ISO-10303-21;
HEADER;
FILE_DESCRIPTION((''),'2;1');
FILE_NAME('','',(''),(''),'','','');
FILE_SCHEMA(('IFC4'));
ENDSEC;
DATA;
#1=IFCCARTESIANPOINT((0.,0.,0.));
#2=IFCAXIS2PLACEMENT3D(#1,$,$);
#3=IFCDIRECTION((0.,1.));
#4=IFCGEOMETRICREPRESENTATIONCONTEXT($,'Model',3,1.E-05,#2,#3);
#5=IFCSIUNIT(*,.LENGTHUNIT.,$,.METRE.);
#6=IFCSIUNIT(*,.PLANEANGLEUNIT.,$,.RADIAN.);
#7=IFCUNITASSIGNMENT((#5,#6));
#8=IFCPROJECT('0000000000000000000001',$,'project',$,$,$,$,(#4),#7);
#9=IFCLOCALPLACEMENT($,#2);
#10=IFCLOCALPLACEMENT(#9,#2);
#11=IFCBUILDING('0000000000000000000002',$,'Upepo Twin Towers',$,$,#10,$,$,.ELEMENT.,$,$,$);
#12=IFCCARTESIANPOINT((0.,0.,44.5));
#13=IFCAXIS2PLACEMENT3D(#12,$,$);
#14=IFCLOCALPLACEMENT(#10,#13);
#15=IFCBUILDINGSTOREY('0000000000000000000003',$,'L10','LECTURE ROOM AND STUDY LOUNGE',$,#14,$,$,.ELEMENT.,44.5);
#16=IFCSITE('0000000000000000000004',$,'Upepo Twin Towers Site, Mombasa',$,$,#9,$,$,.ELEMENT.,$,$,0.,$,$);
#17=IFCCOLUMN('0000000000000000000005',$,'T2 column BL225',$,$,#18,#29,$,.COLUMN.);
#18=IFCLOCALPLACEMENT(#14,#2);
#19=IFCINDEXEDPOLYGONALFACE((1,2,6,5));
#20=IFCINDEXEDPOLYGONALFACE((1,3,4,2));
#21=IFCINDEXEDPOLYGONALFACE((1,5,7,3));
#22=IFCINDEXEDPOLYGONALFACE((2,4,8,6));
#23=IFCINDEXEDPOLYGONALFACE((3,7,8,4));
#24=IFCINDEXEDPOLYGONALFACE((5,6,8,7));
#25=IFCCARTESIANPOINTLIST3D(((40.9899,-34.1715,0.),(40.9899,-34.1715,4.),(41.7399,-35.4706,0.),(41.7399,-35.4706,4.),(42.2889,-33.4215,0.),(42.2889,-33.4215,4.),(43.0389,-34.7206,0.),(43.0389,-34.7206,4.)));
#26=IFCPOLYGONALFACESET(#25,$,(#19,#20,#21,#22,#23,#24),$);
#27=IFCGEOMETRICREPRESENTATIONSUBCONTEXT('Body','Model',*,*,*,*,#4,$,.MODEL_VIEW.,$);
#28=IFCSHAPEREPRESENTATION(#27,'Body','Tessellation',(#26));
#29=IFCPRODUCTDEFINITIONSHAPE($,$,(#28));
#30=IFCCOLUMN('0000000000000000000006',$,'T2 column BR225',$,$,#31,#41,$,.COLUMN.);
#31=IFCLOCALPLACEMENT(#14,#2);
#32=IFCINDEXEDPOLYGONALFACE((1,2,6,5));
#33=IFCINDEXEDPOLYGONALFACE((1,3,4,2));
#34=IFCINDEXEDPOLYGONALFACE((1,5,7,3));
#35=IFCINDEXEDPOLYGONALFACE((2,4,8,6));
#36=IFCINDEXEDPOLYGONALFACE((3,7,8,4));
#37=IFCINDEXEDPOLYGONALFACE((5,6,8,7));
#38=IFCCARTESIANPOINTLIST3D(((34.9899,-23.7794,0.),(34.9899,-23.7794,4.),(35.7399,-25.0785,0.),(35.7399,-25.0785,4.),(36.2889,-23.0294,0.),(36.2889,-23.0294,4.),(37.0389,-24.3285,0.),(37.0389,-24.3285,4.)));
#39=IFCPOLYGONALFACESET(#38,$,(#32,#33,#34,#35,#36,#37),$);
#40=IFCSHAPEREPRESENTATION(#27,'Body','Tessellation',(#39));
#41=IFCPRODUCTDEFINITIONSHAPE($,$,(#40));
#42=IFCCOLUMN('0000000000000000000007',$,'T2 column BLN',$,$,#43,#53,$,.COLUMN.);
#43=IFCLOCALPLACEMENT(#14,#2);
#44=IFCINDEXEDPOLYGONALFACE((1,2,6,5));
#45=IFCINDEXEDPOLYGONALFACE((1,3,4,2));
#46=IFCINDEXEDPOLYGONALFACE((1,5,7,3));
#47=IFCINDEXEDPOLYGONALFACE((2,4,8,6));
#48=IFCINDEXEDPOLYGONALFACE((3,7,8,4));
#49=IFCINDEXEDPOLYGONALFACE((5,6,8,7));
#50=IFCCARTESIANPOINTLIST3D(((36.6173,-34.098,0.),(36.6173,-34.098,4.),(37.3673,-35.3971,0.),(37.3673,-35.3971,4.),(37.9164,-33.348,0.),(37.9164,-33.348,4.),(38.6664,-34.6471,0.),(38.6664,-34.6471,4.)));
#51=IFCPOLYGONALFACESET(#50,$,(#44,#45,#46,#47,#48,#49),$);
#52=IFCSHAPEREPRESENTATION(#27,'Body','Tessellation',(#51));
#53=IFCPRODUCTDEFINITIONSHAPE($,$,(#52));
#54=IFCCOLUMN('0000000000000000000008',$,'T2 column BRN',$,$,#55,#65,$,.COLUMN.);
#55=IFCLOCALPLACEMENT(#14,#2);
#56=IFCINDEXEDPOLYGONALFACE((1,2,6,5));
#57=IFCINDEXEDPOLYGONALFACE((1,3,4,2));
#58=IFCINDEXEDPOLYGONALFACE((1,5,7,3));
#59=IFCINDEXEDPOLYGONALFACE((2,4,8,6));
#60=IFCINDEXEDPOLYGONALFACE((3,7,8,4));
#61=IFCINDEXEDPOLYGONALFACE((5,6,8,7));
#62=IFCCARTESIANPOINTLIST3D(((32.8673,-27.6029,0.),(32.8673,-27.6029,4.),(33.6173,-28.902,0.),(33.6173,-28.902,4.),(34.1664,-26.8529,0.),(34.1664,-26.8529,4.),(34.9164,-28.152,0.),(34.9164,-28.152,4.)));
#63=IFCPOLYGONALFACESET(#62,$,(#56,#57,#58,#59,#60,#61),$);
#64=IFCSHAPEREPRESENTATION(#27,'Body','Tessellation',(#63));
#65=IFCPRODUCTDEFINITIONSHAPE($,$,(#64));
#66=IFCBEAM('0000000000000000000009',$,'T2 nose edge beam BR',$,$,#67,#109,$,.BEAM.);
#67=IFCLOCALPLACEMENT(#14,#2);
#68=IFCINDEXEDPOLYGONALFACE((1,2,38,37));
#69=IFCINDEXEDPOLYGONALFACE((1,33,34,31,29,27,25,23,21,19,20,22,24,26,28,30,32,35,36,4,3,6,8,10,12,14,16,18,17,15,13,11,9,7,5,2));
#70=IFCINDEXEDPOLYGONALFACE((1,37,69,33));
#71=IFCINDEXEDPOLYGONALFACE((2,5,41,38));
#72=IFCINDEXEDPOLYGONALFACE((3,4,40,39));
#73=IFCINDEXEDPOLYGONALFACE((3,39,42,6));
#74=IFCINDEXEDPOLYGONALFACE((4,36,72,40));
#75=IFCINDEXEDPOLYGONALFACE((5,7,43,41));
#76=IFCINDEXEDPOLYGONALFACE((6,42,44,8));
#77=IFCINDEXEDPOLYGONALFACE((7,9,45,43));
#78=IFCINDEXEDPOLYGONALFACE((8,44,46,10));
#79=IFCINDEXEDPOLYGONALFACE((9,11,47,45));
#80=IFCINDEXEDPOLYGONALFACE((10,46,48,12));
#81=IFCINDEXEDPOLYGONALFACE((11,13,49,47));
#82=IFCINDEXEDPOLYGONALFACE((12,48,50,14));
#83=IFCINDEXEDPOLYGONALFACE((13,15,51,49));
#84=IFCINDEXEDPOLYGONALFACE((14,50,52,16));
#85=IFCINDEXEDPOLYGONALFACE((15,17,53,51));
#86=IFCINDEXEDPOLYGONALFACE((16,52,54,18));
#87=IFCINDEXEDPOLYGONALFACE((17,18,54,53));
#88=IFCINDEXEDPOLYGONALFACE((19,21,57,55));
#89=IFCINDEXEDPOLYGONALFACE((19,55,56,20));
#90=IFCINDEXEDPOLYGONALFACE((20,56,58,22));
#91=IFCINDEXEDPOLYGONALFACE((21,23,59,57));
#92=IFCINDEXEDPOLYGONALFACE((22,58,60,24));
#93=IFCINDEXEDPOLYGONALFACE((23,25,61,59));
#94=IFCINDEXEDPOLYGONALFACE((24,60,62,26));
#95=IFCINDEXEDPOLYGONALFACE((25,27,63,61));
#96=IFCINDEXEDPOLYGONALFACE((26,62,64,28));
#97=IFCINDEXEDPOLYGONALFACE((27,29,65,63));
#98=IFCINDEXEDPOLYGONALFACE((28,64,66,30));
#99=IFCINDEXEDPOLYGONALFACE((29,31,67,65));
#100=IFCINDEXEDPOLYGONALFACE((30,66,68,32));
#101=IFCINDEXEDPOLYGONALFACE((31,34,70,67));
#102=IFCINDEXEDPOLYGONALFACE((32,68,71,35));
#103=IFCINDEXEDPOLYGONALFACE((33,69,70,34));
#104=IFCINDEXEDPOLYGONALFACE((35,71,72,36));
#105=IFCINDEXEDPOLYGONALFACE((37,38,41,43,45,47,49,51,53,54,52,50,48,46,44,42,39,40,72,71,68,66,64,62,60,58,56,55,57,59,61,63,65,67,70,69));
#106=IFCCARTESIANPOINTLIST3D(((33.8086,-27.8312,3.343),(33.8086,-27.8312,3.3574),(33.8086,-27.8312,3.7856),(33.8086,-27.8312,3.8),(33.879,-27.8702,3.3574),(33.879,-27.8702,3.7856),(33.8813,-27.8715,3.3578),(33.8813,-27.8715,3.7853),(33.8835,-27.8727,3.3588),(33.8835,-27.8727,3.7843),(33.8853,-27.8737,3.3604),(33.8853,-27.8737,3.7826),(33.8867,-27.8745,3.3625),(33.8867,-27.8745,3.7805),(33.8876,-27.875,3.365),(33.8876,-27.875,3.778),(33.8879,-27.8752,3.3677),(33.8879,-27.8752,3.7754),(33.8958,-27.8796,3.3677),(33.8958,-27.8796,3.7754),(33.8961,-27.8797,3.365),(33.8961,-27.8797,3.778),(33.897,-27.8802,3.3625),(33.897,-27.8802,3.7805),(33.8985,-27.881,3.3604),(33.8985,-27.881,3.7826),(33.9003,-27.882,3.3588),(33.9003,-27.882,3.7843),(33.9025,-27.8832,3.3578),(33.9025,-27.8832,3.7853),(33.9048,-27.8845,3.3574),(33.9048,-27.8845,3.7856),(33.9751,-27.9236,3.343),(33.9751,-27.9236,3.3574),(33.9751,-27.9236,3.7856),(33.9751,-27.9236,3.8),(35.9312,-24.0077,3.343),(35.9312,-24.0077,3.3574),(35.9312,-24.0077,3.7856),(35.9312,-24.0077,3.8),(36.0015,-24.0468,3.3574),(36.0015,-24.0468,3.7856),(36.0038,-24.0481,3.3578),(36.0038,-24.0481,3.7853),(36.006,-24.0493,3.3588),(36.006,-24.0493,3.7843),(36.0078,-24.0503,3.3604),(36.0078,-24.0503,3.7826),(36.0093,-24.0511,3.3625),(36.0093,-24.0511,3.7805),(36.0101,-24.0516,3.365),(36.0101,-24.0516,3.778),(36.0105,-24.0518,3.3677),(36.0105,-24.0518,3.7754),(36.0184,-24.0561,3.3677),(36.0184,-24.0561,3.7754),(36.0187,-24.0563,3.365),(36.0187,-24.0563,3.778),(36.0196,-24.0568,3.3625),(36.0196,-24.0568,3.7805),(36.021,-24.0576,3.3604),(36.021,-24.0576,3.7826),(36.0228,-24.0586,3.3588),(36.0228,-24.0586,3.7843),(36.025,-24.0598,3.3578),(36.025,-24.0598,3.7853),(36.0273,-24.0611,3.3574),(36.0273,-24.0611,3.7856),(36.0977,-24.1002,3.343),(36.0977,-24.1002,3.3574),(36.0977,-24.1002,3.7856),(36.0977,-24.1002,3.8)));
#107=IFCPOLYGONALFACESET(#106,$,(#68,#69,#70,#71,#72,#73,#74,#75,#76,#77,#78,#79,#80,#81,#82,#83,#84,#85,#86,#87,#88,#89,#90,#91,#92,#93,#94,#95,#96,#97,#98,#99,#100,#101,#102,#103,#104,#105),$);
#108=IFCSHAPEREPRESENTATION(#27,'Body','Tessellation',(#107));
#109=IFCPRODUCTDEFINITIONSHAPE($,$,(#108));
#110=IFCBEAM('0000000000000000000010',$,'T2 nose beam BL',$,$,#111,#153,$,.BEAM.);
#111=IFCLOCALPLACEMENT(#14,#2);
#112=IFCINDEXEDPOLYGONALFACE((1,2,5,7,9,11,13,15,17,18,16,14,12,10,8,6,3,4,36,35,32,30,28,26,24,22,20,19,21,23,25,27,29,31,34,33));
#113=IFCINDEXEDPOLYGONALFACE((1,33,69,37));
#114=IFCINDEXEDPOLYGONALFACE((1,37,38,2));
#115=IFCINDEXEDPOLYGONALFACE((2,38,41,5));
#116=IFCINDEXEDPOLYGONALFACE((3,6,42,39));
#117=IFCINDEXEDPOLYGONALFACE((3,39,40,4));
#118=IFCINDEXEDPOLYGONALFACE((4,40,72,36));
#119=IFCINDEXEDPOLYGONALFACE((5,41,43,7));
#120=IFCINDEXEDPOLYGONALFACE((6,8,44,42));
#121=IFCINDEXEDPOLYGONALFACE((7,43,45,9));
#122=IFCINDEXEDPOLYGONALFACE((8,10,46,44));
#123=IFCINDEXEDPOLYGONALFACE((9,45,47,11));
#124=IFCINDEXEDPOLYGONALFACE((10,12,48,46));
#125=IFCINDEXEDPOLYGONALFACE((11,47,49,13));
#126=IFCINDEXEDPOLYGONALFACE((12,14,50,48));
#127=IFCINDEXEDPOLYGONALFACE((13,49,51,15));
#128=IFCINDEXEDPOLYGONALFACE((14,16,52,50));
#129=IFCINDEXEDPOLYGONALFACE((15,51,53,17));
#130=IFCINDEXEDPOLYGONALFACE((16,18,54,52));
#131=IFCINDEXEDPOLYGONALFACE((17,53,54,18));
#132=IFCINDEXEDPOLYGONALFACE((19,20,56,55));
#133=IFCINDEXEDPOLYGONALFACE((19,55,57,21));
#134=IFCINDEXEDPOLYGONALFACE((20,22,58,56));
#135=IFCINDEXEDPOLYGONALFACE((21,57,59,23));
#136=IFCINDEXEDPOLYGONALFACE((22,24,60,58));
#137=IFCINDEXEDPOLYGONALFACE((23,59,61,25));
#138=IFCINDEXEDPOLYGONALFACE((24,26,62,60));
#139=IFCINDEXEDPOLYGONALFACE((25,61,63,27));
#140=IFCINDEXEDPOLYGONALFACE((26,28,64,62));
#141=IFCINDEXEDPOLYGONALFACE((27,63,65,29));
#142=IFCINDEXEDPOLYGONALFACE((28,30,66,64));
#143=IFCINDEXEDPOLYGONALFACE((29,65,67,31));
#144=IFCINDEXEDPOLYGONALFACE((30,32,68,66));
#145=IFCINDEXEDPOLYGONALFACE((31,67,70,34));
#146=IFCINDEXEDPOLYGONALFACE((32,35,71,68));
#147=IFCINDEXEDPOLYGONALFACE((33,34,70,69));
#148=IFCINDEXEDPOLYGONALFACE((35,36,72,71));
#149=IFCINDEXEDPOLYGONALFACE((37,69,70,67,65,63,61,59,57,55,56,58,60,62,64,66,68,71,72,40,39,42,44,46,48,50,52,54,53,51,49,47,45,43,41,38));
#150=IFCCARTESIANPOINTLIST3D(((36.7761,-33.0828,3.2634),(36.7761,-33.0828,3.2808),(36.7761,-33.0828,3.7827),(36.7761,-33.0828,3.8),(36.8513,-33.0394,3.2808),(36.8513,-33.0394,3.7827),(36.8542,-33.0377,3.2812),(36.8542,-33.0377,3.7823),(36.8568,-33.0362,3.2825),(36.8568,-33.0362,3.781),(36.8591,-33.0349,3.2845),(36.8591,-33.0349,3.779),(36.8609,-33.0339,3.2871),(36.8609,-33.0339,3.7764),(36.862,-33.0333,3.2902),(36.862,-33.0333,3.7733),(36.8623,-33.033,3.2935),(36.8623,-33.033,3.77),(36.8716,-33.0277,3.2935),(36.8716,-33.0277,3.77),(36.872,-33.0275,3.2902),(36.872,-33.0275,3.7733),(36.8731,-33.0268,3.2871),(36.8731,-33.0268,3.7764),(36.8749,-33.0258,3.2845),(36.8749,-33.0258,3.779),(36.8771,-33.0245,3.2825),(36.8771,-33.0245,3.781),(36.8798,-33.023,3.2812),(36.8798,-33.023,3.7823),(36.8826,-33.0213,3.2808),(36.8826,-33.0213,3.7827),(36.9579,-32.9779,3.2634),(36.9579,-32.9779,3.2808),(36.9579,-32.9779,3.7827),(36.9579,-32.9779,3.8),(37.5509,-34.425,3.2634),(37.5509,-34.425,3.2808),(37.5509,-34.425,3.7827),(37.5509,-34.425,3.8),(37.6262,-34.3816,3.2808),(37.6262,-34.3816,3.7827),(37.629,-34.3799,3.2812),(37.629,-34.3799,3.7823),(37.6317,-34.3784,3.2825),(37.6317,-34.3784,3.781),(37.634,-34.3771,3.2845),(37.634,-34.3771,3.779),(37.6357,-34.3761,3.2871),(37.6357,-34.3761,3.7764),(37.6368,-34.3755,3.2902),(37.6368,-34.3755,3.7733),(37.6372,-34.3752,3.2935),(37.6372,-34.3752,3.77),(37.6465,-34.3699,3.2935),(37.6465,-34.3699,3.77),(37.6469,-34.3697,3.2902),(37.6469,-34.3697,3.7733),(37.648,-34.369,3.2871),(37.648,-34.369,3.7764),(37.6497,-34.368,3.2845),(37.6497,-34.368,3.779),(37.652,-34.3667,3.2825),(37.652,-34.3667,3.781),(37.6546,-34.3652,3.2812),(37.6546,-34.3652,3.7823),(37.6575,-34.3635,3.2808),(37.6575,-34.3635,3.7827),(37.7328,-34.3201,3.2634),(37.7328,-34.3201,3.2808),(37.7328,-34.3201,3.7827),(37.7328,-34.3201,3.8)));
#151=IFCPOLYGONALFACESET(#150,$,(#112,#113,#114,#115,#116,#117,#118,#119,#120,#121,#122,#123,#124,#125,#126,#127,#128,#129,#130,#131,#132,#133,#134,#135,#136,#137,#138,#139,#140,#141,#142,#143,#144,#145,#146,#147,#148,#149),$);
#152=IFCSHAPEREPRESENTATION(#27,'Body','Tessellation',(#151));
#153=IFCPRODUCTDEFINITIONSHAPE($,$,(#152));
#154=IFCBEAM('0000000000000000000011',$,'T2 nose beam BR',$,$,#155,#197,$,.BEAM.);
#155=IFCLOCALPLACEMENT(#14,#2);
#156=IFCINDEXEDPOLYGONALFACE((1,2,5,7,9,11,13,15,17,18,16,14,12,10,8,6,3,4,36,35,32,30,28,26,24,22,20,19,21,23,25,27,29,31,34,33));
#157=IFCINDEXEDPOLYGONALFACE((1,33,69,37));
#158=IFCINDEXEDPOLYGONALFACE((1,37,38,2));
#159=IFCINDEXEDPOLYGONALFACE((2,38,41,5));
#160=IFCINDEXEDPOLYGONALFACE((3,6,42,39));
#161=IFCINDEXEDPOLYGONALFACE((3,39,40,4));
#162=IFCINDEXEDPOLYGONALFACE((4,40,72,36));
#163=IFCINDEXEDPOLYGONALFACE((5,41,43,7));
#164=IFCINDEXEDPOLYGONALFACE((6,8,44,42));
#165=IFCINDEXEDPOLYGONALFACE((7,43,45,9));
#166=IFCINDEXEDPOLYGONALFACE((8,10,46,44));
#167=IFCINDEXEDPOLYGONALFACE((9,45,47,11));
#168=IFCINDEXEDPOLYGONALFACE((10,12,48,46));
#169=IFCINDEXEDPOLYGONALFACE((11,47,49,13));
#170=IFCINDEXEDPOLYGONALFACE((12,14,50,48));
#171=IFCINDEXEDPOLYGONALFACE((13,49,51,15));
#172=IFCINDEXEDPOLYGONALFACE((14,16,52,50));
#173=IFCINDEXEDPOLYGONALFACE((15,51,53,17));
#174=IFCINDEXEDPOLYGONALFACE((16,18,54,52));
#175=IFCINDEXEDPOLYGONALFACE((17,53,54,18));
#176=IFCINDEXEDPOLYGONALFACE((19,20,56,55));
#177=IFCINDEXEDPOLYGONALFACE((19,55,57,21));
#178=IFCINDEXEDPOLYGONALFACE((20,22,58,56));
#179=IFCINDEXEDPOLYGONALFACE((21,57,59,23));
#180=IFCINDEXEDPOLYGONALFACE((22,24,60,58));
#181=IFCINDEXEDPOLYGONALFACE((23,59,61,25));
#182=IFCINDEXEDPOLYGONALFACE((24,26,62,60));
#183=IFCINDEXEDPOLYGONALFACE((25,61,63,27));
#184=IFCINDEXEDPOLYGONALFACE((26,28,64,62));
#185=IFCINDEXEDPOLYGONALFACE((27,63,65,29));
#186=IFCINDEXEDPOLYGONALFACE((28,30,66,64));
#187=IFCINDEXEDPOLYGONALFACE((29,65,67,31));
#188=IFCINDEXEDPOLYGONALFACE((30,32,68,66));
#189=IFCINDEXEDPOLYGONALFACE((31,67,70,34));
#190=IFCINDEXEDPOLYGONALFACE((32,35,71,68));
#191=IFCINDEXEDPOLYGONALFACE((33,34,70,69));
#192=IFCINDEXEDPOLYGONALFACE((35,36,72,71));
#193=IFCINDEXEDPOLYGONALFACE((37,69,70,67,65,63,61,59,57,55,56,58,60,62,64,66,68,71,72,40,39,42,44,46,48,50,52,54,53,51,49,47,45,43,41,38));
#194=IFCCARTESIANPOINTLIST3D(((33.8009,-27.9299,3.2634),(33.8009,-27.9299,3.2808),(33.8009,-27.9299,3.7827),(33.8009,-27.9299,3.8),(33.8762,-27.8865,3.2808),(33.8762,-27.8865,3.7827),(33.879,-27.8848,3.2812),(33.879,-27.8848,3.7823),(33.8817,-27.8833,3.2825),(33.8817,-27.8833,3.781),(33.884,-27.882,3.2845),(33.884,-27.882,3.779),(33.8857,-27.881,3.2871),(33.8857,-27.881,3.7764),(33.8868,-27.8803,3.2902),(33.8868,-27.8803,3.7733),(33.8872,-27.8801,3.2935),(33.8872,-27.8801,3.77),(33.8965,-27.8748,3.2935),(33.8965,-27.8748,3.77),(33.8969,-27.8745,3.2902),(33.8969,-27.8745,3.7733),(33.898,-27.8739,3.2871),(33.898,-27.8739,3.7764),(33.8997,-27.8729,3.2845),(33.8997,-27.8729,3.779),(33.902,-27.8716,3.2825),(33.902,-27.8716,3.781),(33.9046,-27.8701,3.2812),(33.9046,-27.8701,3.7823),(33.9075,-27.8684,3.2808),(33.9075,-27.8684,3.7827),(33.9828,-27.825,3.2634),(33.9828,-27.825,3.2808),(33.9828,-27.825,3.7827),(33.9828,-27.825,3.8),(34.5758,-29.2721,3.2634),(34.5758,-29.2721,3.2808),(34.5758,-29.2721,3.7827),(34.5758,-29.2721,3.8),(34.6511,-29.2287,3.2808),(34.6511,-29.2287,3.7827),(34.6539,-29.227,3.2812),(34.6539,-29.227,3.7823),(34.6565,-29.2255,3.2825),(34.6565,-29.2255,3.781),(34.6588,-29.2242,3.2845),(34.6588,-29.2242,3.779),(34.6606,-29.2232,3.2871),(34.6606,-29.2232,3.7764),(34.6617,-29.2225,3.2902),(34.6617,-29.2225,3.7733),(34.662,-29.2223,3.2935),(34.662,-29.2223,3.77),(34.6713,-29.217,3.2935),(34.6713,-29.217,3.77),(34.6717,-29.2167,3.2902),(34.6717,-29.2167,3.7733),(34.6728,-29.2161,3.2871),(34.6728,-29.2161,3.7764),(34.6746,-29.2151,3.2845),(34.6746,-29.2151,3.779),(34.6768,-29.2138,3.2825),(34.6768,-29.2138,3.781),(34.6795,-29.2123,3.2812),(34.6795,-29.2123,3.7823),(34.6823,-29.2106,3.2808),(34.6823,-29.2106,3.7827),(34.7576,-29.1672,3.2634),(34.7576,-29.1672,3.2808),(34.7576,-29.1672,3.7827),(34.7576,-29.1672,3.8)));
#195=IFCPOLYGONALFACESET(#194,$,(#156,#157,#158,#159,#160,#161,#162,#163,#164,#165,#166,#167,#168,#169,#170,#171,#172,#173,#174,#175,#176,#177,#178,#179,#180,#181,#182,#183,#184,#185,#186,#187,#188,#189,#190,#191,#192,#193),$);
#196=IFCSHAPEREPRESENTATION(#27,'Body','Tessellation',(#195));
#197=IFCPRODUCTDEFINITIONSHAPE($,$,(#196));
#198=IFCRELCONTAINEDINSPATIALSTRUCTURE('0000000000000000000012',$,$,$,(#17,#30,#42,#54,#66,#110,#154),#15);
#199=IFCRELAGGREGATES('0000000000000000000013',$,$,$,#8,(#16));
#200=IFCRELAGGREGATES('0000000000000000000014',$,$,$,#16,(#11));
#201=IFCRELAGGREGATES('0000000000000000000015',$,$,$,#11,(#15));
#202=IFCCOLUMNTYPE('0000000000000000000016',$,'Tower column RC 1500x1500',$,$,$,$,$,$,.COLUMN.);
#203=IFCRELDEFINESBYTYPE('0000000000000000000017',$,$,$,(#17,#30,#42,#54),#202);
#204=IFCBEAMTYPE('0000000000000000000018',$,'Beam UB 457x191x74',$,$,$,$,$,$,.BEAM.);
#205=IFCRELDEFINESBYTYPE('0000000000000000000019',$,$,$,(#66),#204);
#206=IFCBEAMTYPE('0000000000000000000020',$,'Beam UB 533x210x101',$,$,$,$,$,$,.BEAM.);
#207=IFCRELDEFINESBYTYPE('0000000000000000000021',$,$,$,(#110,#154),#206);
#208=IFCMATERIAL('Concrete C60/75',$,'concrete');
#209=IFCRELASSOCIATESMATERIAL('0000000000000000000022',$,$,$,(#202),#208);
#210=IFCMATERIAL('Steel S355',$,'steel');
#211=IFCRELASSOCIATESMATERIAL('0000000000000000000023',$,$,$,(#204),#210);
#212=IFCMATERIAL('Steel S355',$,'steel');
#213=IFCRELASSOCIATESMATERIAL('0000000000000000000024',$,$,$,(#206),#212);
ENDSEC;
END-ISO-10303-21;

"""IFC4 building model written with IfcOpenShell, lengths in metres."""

from ifc_helpers import new_model, si_unit, direction, frame, origin, origin_2d, place, context, subcontext, project, spatial, rectangle, i_section, extrude, material, material_profile, profile_set, type_object, element, save


model = new_model("IFC4")

# Units and contexts
model_context = context("Model", 3, precision=1e-05, world=origin(), true_north=direction((0.0, 1.0)))
body_context = subcontext(model_context, "Body", "Model", "MODEL_VIEW")
ifc_project = project(units=[si_unit("LENGTHUNIT", "METRE"), si_unit("PLANEANGLEUNIT", "RADIAN")], contexts=[model_context])

# Site, building, storey
site_placement = place(None, origin())
site = spatial("IfcSite", under=ifc_project, at=site_placement, Name="Upepo Twin Towers Site, Mombasa", CompositionType="ELEMENT", RefElevation=0.0)
building_placement = place(site_placement, origin())
building = spatial("IfcBuilding", under=site, at=building_placement, Name="Upepo Twin Towers", CompositionType="ELEMENT")
storey_placement = place(building_placement, frame((0.0, 0.0, 44.5)))
storey = spatial("IfcBuildingStorey", under=building, at=storey_placement, Name="L10", Description="LECTURE ROOM AND STUDY LOUNGE", CompositionType="ELEMENT", Elevation=44.5)

# Columns
ifc_material_1 = material(Name="Concrete C60/75", Category="concrete")
ifc_material_profile_1 = material_profile(ifc_material_1, rectangle(XDim=1.5, YDim=1.5, at=origin_2d()), Name="RC 1500x1500")
ifc_profile_set_1 = profile_set([ifc_material_profile_1], Name="Concrete C60/75")
column_type = type_object("IfcColumnType", Name="Tower column RC 1500x1500", PredefinedType="COLUMN", material=ifc_profile_set_1)
for number, where, z_axis, x_axis, name in (
    (1, (42.0144, -34.446, 0.0), (0.0, 0.0, 1.0), (0.866025, 0.5, 0.0), "T2 column BL225"),
    (2, (36.0144, -24.054, 0.0), (0.0, 0.0, 1.0), (0.866025, 0.5, 0.0), "T2 column BR225"),
    (3, (37.6418, -34.3726, 0.0), (0.0, 0.0, 1.0), (0.866025, 0.5, 0.0), "T2 column BLN"),
    (4, (33.8918, -27.8774, 0.0), (0.0, 0.0, 1.0), (0.866025, 0.5, 0.0), "T2 column BRN"),
):
    element("IfcColumn", number, at=place(storey_placement, frame(where, z_axis=z_axis, x_axis=x_axis)), inside=storey, type_object=column_type, Name=name, PredefinedType="COLUMN", context=body_context, shape_type="SweptSolid", body=[
        extrude(rectangle(XDim=1.5, YDim=1.5, at=origin_2d()), origin(), (0.0, 0.0, 1.0), 4.0),
    ])

# Beams
ifc_material_2 = material(Name="Steel S355", Category="steel")
ifc_material_profile_2 = material_profile(ifc_material_2, i_section(OverallWidth=0.1904, OverallDepth=0.457, WebThickness=0.009, FlangeThickness=0.0144, FilletRadius=0.0103, at=origin_2d()), Name="UB 457x191x74")
ifc_profile_set_2 = profile_set([ifc_material_profile_2], Name="Steel S355")
beam_type_1 = type_object("IfcBeamType", Name="Beam UB 457x191x74", PredefinedType="BEAM", material=ifc_profile_set_2)
beam_placement = place(storey_placement, frame((36.0144, -24.054, 3.5715), z_axis=(-0.485363, -0.874313, 0.0), x_axis=(0.874313, -0.485363, 0.0)))
element("IfcBeam", 5, at=beam_placement, inside=storey, type_object=beam_type_1, Name="T2 nose edge beam BR", PredefinedType="BEAM", context=body_context, shape_type="SweptSolid", body=[
    extrude(i_section(OverallWidth=0.1904, OverallDepth=0.457, WebThickness=0.009, FlangeThickness=0.0144, FilletRadius=0.0103, at=origin_2d()), origin(), (0.0, 0.0, 1.0), 4.373),
])
ifc_material_3 = material(Name="Steel S355", Category="steel")
ifc_material_profile_3 = material_profile(ifc_material_3, i_section(OverallWidth=0.21, OverallDepth=0.5366, WebThickness=0.0107, FlangeThickness=0.0173, FilletRadius=0.0127, at=origin_2d()), Name="UB 533x210x101")
ifc_profile_set_3 = profile_set([ifc_material_profile_3], Name="Steel S355")
beam_type_2 = type_object("IfcBeamType", Name="Beam UB 533x210x101", PredefinedType="BEAM", material=ifc_profile_set_3)
for number, where, z_axis, x_axis, name in (
    (6, (37.6418, -34.3726, 3.5317), (-0.499968, 0.866044, 0.0), (-0.866044, -0.499968, 0.0), "T2 nose beam BL"),
    (7, (33.8918, -27.8774, 3.5317), (0.499968, -0.866044, 0.0), (0.866044, 0.499968, 0.0), "T2 nose beam BR"),
):
    element("IfcBeam", number, at=place(storey_placement, frame(where, z_axis=z_axis, x_axis=x_axis)), inside=storey, type_object=beam_type_2, Name=name, PredefinedType="BEAM", context=body_context, shape_type="SweptSolid", body=[
        extrude(i_section(OverallWidth=0.21, OverallDepth=0.5366, WebThickness=0.0107, FlangeThickness=0.0173, FilletRadius=0.0127, at=origin_2d()), origin(), (0.0, 0.0, 1.0), 1.5498),
    ])

save(model, "model.ifc")
